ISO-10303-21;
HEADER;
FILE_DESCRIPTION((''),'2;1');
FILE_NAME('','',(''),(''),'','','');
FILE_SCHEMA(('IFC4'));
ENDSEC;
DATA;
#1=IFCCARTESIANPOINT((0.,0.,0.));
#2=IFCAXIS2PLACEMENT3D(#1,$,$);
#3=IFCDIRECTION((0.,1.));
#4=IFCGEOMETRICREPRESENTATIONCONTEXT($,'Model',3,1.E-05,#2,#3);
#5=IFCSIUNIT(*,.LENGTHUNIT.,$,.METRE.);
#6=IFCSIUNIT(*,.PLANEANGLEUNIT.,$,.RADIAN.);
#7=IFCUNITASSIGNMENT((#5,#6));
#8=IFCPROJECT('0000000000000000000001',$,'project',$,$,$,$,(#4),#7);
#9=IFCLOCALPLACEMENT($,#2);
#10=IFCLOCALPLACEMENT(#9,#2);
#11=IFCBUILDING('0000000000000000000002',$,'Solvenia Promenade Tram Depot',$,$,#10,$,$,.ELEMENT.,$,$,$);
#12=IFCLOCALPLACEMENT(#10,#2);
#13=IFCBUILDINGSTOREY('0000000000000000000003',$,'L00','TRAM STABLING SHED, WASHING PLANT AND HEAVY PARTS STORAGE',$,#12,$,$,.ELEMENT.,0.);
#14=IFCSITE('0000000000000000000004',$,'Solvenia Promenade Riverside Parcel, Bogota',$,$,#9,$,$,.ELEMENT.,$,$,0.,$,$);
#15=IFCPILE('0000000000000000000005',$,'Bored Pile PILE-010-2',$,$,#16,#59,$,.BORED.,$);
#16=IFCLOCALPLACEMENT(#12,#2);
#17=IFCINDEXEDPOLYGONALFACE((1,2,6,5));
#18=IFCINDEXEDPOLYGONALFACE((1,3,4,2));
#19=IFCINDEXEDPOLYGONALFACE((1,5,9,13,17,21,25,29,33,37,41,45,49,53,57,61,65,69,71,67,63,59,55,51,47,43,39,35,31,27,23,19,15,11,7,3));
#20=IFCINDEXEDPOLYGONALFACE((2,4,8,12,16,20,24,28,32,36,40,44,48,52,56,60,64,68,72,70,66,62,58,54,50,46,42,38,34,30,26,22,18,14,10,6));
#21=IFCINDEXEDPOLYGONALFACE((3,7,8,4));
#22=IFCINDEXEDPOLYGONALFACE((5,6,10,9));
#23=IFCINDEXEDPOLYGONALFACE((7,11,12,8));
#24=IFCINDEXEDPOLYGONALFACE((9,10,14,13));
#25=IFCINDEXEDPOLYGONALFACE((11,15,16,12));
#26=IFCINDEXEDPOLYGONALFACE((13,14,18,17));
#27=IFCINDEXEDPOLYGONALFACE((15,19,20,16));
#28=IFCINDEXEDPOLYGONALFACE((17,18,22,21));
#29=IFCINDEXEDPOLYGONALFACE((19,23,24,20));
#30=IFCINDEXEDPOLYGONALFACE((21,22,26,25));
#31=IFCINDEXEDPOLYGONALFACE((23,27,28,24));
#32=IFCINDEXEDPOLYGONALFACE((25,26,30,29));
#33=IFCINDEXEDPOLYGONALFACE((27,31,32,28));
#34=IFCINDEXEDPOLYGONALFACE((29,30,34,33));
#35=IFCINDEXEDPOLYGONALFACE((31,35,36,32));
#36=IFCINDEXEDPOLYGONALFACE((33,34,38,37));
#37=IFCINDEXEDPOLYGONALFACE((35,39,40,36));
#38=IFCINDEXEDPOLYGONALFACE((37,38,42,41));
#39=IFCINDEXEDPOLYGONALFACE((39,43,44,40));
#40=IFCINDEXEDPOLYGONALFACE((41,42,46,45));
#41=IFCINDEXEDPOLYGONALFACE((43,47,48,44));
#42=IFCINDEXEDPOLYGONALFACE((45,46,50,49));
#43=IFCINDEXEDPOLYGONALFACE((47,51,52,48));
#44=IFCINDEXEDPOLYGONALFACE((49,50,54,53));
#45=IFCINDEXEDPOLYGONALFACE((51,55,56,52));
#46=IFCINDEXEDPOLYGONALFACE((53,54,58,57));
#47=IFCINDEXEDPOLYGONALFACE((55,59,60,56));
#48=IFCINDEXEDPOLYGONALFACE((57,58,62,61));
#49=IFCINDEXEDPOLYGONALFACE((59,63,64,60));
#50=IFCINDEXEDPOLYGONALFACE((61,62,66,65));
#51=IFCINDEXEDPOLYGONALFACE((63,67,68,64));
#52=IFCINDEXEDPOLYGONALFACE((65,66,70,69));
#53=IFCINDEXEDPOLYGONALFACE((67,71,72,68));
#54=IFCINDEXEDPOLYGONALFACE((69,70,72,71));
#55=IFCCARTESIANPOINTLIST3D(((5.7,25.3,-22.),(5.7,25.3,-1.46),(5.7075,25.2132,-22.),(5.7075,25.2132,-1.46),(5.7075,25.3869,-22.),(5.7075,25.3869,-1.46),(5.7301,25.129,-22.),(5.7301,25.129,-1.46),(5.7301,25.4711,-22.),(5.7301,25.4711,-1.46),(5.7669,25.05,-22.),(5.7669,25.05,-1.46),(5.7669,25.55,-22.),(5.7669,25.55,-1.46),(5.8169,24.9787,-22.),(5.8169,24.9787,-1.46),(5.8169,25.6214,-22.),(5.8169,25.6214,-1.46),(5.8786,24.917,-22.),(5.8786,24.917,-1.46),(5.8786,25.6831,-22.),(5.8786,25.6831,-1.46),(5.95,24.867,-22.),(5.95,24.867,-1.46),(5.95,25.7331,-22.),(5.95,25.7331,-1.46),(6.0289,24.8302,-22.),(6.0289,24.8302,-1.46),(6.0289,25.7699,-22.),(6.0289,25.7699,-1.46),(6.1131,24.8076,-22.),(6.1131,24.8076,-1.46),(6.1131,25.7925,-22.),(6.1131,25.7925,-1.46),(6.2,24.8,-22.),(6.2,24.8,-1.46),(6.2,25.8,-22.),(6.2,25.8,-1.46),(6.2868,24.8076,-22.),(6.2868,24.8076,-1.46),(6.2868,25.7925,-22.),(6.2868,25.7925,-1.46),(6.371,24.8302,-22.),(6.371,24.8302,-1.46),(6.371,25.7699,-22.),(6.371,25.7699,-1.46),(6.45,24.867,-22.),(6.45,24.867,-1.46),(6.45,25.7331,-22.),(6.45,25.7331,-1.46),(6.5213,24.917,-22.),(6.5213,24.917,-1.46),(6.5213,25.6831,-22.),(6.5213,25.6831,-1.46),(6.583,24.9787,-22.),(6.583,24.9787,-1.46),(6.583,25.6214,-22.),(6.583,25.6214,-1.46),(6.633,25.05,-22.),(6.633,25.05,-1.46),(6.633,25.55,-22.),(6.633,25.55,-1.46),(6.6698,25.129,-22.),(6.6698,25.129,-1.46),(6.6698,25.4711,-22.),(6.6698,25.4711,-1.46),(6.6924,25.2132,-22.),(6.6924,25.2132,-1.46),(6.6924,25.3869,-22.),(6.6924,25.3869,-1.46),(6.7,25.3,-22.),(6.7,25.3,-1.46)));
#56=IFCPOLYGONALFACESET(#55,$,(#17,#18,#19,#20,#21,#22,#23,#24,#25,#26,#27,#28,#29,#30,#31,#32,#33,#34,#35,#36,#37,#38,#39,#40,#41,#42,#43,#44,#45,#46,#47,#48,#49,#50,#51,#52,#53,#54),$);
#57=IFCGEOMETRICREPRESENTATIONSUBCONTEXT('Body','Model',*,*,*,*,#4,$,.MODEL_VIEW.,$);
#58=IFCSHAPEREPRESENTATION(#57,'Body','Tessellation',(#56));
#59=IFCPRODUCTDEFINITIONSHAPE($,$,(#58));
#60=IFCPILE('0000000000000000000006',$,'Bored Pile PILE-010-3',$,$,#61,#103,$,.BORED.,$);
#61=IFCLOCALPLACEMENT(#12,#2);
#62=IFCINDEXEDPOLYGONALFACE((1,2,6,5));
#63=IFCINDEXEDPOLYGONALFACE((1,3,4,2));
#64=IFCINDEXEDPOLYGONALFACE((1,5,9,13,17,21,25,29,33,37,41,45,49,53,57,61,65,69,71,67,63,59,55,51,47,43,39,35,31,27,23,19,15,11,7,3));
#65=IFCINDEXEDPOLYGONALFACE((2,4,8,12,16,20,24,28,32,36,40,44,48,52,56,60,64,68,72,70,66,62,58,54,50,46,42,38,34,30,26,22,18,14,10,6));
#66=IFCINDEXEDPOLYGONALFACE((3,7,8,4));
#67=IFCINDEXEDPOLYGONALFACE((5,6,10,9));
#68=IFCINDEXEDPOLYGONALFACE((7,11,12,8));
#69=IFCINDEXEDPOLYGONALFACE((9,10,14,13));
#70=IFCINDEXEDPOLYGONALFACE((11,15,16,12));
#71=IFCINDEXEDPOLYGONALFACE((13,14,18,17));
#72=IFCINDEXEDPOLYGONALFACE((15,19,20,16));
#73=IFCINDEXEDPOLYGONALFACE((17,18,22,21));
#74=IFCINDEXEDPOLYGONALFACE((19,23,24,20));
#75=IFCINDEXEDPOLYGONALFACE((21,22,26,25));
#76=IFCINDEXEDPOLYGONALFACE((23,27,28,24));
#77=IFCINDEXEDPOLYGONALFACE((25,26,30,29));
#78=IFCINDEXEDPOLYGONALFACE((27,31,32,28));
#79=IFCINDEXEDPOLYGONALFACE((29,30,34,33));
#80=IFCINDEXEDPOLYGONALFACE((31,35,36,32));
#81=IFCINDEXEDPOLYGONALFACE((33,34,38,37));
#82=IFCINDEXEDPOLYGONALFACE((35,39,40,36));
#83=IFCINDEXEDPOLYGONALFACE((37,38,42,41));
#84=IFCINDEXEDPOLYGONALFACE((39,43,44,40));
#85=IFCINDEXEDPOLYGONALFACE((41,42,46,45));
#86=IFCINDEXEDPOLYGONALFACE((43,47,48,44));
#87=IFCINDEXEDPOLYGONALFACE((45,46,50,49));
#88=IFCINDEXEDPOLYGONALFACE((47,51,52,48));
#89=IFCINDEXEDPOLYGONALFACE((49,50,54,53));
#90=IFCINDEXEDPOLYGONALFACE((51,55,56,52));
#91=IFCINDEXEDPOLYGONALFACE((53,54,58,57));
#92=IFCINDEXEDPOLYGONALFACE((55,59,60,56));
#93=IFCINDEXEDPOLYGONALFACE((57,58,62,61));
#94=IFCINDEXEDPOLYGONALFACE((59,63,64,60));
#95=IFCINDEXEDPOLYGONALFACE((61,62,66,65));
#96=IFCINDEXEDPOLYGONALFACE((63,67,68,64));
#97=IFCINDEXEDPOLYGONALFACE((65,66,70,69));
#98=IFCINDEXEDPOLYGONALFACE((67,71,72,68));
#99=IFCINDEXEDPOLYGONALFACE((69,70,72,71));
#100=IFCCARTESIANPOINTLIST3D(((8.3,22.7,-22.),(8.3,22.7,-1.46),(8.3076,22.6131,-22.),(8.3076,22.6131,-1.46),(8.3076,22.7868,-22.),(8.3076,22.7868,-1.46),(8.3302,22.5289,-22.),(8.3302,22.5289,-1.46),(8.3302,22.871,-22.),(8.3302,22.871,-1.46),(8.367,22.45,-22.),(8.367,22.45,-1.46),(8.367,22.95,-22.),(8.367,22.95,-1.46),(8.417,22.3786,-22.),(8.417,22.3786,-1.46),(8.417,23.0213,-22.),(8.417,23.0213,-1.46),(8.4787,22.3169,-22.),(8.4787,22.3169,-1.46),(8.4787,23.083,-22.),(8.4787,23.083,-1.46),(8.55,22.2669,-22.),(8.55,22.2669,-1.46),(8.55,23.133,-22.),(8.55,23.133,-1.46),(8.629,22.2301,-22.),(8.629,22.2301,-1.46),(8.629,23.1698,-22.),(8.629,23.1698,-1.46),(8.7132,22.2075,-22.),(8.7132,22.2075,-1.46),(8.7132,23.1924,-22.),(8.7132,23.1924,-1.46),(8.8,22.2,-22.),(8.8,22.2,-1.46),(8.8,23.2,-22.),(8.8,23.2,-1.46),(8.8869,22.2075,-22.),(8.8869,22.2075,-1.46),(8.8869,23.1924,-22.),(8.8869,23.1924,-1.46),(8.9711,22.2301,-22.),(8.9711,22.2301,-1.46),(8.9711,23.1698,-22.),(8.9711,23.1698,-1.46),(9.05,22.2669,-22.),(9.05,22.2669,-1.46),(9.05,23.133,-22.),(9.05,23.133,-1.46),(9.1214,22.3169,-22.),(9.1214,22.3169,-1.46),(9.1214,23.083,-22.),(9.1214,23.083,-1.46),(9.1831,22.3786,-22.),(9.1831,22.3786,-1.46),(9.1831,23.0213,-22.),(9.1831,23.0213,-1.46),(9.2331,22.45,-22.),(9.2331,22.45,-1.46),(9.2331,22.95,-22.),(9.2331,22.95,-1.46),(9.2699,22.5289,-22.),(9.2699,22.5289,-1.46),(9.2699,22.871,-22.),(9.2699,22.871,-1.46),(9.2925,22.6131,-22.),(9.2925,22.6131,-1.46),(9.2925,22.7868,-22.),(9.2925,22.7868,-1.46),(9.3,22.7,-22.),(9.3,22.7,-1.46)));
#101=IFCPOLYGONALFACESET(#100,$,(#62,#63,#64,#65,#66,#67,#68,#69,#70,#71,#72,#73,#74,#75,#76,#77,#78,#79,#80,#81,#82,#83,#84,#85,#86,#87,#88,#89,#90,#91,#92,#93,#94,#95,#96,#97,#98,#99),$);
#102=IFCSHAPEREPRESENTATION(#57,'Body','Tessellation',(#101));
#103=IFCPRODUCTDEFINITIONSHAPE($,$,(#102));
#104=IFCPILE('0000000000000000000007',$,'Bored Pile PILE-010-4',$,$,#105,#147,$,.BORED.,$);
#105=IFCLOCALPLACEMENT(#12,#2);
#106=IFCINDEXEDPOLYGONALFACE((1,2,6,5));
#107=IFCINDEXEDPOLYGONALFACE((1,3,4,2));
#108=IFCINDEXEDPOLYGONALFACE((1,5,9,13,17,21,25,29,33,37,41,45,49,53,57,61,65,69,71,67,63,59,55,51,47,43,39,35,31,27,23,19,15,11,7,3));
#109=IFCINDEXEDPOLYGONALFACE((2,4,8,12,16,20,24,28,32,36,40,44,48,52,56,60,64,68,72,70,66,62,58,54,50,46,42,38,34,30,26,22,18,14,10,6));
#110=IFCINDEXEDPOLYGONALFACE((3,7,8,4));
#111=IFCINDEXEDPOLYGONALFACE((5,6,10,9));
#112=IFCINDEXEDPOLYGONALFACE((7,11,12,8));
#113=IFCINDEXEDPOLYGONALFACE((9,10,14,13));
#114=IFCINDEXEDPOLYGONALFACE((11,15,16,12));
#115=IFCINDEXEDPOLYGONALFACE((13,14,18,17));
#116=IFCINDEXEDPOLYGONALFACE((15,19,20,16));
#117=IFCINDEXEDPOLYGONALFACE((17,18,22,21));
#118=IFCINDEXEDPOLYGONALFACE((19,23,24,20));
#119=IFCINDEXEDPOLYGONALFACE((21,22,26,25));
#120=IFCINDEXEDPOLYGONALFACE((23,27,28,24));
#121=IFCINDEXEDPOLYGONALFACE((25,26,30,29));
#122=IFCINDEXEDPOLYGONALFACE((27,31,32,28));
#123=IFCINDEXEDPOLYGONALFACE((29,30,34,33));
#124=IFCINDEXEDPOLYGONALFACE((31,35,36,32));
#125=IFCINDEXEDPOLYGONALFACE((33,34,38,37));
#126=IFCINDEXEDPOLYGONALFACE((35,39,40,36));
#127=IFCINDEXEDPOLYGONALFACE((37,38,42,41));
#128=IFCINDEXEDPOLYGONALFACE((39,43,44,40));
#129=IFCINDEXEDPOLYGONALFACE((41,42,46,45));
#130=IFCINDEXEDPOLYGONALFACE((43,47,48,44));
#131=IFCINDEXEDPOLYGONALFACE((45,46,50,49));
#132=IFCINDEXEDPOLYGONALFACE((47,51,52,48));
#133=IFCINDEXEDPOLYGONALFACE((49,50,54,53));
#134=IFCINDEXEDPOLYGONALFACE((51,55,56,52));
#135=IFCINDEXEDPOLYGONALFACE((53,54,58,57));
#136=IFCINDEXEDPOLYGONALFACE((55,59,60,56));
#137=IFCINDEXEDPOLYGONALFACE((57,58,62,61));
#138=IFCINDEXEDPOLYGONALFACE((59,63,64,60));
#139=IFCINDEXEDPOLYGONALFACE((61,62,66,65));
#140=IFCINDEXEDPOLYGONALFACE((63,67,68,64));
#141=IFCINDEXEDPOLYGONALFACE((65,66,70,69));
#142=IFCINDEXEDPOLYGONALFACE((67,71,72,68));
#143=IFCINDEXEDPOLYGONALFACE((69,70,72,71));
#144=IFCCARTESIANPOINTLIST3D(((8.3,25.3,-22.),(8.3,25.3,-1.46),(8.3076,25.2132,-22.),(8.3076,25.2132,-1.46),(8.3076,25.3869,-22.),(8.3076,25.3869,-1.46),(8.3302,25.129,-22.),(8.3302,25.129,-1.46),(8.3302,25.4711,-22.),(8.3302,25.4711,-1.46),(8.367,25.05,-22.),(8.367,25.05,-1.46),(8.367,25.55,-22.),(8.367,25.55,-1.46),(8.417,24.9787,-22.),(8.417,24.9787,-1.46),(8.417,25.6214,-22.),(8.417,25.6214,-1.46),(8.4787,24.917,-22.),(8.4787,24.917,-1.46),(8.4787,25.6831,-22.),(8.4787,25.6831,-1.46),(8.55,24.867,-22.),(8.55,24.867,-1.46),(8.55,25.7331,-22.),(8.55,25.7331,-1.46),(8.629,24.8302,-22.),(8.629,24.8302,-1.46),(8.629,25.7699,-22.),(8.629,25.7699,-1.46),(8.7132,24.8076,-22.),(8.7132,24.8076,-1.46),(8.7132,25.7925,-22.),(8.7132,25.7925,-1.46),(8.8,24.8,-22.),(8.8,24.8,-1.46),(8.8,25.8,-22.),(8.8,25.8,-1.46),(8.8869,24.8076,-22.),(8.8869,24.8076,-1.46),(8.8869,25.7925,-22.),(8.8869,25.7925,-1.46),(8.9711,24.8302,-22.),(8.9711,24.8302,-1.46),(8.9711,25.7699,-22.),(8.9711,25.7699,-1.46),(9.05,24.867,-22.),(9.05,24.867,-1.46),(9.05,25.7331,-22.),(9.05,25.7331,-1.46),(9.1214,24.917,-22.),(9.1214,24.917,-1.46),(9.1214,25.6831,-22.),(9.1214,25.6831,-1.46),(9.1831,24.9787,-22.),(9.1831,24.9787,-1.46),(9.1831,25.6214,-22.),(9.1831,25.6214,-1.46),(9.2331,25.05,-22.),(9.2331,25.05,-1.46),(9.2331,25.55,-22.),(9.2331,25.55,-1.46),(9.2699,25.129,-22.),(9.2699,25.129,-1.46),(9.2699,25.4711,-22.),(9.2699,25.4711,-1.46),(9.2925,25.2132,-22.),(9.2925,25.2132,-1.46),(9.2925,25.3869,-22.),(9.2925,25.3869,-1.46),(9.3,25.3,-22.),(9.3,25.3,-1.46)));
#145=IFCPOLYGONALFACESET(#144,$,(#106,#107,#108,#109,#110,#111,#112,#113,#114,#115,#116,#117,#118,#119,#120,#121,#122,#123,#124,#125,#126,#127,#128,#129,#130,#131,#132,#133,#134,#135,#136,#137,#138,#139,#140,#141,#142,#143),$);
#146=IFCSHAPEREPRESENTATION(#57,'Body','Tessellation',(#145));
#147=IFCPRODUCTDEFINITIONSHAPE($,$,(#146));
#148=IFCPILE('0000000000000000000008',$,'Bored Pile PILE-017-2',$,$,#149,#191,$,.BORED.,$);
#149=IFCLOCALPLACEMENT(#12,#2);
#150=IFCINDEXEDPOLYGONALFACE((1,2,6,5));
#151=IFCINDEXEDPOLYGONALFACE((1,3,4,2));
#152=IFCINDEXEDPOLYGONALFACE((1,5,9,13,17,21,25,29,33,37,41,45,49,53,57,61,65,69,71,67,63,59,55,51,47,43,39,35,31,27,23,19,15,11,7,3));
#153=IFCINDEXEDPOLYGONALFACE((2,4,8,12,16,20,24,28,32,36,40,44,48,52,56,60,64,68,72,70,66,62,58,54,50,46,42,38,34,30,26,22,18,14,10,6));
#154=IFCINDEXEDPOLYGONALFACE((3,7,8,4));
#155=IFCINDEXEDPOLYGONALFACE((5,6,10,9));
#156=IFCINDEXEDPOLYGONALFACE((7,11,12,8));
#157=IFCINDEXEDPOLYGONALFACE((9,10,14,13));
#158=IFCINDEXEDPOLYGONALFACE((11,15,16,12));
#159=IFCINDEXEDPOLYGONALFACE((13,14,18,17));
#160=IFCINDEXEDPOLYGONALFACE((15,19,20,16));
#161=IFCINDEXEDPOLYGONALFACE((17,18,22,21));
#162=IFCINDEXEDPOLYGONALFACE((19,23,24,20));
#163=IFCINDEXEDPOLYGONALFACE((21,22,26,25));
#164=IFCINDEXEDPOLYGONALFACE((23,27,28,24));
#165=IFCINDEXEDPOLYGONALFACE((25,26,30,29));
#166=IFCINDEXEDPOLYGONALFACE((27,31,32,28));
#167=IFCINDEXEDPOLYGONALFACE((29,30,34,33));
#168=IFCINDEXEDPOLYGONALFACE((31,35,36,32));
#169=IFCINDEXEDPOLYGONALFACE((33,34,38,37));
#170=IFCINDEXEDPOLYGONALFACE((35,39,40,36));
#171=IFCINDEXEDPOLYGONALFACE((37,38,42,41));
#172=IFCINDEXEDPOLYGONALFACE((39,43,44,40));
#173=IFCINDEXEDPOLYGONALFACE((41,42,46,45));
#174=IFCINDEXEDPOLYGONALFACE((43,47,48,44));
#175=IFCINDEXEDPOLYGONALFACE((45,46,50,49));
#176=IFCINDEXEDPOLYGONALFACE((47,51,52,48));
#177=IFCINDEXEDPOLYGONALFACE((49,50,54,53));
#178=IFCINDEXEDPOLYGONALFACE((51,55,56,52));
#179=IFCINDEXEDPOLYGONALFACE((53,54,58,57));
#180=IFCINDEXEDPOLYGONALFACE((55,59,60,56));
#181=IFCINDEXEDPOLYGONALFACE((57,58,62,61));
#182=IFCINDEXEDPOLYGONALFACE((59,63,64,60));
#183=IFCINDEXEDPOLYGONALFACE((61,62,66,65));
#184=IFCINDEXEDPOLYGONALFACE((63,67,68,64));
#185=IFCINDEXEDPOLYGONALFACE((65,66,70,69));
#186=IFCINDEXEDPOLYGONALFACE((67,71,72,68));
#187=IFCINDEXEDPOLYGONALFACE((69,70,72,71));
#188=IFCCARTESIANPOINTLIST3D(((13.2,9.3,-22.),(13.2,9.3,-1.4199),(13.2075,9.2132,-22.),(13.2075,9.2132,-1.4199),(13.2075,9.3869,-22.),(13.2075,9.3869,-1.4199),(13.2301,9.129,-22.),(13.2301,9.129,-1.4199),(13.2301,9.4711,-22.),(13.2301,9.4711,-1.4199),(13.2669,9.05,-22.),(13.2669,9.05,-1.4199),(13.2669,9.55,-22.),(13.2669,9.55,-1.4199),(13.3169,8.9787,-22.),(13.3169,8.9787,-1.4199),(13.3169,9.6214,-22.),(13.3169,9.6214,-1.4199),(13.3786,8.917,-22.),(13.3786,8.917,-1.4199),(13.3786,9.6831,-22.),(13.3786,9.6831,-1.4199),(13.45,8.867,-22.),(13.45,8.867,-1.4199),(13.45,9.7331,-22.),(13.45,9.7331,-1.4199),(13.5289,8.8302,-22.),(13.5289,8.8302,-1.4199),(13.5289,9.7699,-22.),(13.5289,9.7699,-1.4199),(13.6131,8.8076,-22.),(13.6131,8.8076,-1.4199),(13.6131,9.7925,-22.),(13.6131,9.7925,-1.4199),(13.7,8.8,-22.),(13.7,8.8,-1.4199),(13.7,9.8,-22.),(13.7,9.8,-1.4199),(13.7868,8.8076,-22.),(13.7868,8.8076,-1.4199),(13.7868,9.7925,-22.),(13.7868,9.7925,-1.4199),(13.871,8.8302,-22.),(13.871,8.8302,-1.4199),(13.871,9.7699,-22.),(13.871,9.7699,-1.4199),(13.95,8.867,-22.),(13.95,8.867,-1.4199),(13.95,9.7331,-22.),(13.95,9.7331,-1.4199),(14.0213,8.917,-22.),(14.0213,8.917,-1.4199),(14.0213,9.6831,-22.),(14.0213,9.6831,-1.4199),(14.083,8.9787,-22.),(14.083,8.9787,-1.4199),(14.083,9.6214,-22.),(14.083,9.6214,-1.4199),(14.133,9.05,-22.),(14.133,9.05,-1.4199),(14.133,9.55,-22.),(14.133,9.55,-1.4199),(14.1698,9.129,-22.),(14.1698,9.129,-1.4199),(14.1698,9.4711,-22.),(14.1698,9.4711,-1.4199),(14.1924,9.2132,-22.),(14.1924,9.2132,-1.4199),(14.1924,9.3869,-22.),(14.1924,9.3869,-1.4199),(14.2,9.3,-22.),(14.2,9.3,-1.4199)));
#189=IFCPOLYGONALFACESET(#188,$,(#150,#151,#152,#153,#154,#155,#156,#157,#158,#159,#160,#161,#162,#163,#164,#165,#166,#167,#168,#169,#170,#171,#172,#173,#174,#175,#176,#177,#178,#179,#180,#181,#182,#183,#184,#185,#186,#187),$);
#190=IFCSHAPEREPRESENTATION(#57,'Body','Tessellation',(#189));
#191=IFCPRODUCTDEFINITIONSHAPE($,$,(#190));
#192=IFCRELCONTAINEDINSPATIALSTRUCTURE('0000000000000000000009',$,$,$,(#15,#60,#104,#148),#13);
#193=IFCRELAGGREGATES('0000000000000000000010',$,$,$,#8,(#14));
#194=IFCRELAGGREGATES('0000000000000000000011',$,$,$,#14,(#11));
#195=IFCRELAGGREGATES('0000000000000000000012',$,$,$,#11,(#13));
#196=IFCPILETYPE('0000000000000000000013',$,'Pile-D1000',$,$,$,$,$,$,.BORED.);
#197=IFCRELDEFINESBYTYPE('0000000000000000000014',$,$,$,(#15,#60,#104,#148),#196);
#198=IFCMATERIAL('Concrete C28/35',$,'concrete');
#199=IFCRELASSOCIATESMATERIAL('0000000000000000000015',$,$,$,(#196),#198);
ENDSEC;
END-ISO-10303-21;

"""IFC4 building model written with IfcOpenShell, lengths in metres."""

from ifc_helpers import new_model, si_unit, direction, frame, origin, origin_2d, place, context, subcontext, project, spatial, circle, extrude, material, material_profile, profile_set, type_object, element, save


model = new_model("IFC4")

# Units and contexts
model_context = context("Model", 3, precision=1e-05, world=origin(), true_north=direction((0.0, 1.0)))
body_context = subcontext(model_context, "Body", "Model", "MODEL_VIEW")
ifc_project = project(units=[si_unit("LENGTHUNIT", "METRE"), si_unit("PLANEANGLEUNIT", "RADIAN")], contexts=[model_context])

# Site, building, storey
site_placement = place(None, origin())
site = spatial("IfcSite", under=ifc_project, at=site_placement, Name="Solvenia Promenade Riverside Parcel, Bogota", CompositionType="ELEMENT", RefElevation=0.0)
building_placement = place(site_placement, origin())
building = spatial("IfcBuilding", under=site, at=building_placement, Name="Solvenia Promenade Tram Depot", CompositionType="ELEMENT")
storey_placement = place(building_placement, origin())
storey = spatial("IfcBuildingStorey", under=building, at=storey_placement, Name="L00", Description="TRAM STABLING SHED, WASHING PLANT AND HEAVY PARTS STORAGE", CompositionType="ELEMENT", Elevation=0.0)

# Shared definitions
ifc_material_1 = material(Name="Concrete C28/35", Category="concrete")

# Piles
ifc_material_profile_1 = material_profile(ifc_material_1, circle(Radius=0.5, at=origin_2d()), Name="D1000", Category="concrete")
ifc_profile_set_1 = profile_set([ifc_material_profile_1], Name="Concrete C28/35")
pile_type_1 = type_object("IfcPileType", Name="Pile-D1000", PredefinedType="BORED", material=ifc_profile_set_1)
for number, where, z_axis, x_axis, name in (
    (1, (6.2, 25.3, -1.46), (0.0, 0.0, -1.0), (1.0, 0.0, 0.0), "Bored Pile PILE-010-2"),
    (2, (8.8, 22.7, -1.46), (0.0, 0.0, -1.0), (1.0, 0.0, 0.0), "Bored Pile PILE-010-3"),
    (3, (8.8, 25.3, -1.46), (0.0, 0.0, -1.0), (1.0, 0.0, 0.0), "Bored Pile PILE-010-4"),
):
    element("IfcPile", number, at=place(storey_placement, frame(where, z_axis=z_axis, x_axis=x_axis)), inside=storey, type_object=pile_type_1, Name=name, PredefinedType="BORED", context=body_context, shape_type="SweptSolid", body=[
        extrude(circle(Radius=0.5, at=origin_2d()), origin(), (0.0, 0.0, 1.0), 20.54),
    ])
pile_1_placement = place(storey_placement, frame((13.7, 9.3, -1.4199), z_axis=(0.0, 0.0, -1.0), x_axis=(1.0, 0.0, 0.0)))
element("IfcPile", 4, at=pile_1_placement, inside=storey, type_object=pile_type_1, Name="Bored Pile PILE-017-2", PredefinedType="BORED", context=body_context, shape_type="SweptSolid", body=[
    extrude(circle(Radius=0.5, at=origin_2d()), origin(), (0.0, 0.0, 1.0), 20.5801),
])

save(model, "model.ifc")
